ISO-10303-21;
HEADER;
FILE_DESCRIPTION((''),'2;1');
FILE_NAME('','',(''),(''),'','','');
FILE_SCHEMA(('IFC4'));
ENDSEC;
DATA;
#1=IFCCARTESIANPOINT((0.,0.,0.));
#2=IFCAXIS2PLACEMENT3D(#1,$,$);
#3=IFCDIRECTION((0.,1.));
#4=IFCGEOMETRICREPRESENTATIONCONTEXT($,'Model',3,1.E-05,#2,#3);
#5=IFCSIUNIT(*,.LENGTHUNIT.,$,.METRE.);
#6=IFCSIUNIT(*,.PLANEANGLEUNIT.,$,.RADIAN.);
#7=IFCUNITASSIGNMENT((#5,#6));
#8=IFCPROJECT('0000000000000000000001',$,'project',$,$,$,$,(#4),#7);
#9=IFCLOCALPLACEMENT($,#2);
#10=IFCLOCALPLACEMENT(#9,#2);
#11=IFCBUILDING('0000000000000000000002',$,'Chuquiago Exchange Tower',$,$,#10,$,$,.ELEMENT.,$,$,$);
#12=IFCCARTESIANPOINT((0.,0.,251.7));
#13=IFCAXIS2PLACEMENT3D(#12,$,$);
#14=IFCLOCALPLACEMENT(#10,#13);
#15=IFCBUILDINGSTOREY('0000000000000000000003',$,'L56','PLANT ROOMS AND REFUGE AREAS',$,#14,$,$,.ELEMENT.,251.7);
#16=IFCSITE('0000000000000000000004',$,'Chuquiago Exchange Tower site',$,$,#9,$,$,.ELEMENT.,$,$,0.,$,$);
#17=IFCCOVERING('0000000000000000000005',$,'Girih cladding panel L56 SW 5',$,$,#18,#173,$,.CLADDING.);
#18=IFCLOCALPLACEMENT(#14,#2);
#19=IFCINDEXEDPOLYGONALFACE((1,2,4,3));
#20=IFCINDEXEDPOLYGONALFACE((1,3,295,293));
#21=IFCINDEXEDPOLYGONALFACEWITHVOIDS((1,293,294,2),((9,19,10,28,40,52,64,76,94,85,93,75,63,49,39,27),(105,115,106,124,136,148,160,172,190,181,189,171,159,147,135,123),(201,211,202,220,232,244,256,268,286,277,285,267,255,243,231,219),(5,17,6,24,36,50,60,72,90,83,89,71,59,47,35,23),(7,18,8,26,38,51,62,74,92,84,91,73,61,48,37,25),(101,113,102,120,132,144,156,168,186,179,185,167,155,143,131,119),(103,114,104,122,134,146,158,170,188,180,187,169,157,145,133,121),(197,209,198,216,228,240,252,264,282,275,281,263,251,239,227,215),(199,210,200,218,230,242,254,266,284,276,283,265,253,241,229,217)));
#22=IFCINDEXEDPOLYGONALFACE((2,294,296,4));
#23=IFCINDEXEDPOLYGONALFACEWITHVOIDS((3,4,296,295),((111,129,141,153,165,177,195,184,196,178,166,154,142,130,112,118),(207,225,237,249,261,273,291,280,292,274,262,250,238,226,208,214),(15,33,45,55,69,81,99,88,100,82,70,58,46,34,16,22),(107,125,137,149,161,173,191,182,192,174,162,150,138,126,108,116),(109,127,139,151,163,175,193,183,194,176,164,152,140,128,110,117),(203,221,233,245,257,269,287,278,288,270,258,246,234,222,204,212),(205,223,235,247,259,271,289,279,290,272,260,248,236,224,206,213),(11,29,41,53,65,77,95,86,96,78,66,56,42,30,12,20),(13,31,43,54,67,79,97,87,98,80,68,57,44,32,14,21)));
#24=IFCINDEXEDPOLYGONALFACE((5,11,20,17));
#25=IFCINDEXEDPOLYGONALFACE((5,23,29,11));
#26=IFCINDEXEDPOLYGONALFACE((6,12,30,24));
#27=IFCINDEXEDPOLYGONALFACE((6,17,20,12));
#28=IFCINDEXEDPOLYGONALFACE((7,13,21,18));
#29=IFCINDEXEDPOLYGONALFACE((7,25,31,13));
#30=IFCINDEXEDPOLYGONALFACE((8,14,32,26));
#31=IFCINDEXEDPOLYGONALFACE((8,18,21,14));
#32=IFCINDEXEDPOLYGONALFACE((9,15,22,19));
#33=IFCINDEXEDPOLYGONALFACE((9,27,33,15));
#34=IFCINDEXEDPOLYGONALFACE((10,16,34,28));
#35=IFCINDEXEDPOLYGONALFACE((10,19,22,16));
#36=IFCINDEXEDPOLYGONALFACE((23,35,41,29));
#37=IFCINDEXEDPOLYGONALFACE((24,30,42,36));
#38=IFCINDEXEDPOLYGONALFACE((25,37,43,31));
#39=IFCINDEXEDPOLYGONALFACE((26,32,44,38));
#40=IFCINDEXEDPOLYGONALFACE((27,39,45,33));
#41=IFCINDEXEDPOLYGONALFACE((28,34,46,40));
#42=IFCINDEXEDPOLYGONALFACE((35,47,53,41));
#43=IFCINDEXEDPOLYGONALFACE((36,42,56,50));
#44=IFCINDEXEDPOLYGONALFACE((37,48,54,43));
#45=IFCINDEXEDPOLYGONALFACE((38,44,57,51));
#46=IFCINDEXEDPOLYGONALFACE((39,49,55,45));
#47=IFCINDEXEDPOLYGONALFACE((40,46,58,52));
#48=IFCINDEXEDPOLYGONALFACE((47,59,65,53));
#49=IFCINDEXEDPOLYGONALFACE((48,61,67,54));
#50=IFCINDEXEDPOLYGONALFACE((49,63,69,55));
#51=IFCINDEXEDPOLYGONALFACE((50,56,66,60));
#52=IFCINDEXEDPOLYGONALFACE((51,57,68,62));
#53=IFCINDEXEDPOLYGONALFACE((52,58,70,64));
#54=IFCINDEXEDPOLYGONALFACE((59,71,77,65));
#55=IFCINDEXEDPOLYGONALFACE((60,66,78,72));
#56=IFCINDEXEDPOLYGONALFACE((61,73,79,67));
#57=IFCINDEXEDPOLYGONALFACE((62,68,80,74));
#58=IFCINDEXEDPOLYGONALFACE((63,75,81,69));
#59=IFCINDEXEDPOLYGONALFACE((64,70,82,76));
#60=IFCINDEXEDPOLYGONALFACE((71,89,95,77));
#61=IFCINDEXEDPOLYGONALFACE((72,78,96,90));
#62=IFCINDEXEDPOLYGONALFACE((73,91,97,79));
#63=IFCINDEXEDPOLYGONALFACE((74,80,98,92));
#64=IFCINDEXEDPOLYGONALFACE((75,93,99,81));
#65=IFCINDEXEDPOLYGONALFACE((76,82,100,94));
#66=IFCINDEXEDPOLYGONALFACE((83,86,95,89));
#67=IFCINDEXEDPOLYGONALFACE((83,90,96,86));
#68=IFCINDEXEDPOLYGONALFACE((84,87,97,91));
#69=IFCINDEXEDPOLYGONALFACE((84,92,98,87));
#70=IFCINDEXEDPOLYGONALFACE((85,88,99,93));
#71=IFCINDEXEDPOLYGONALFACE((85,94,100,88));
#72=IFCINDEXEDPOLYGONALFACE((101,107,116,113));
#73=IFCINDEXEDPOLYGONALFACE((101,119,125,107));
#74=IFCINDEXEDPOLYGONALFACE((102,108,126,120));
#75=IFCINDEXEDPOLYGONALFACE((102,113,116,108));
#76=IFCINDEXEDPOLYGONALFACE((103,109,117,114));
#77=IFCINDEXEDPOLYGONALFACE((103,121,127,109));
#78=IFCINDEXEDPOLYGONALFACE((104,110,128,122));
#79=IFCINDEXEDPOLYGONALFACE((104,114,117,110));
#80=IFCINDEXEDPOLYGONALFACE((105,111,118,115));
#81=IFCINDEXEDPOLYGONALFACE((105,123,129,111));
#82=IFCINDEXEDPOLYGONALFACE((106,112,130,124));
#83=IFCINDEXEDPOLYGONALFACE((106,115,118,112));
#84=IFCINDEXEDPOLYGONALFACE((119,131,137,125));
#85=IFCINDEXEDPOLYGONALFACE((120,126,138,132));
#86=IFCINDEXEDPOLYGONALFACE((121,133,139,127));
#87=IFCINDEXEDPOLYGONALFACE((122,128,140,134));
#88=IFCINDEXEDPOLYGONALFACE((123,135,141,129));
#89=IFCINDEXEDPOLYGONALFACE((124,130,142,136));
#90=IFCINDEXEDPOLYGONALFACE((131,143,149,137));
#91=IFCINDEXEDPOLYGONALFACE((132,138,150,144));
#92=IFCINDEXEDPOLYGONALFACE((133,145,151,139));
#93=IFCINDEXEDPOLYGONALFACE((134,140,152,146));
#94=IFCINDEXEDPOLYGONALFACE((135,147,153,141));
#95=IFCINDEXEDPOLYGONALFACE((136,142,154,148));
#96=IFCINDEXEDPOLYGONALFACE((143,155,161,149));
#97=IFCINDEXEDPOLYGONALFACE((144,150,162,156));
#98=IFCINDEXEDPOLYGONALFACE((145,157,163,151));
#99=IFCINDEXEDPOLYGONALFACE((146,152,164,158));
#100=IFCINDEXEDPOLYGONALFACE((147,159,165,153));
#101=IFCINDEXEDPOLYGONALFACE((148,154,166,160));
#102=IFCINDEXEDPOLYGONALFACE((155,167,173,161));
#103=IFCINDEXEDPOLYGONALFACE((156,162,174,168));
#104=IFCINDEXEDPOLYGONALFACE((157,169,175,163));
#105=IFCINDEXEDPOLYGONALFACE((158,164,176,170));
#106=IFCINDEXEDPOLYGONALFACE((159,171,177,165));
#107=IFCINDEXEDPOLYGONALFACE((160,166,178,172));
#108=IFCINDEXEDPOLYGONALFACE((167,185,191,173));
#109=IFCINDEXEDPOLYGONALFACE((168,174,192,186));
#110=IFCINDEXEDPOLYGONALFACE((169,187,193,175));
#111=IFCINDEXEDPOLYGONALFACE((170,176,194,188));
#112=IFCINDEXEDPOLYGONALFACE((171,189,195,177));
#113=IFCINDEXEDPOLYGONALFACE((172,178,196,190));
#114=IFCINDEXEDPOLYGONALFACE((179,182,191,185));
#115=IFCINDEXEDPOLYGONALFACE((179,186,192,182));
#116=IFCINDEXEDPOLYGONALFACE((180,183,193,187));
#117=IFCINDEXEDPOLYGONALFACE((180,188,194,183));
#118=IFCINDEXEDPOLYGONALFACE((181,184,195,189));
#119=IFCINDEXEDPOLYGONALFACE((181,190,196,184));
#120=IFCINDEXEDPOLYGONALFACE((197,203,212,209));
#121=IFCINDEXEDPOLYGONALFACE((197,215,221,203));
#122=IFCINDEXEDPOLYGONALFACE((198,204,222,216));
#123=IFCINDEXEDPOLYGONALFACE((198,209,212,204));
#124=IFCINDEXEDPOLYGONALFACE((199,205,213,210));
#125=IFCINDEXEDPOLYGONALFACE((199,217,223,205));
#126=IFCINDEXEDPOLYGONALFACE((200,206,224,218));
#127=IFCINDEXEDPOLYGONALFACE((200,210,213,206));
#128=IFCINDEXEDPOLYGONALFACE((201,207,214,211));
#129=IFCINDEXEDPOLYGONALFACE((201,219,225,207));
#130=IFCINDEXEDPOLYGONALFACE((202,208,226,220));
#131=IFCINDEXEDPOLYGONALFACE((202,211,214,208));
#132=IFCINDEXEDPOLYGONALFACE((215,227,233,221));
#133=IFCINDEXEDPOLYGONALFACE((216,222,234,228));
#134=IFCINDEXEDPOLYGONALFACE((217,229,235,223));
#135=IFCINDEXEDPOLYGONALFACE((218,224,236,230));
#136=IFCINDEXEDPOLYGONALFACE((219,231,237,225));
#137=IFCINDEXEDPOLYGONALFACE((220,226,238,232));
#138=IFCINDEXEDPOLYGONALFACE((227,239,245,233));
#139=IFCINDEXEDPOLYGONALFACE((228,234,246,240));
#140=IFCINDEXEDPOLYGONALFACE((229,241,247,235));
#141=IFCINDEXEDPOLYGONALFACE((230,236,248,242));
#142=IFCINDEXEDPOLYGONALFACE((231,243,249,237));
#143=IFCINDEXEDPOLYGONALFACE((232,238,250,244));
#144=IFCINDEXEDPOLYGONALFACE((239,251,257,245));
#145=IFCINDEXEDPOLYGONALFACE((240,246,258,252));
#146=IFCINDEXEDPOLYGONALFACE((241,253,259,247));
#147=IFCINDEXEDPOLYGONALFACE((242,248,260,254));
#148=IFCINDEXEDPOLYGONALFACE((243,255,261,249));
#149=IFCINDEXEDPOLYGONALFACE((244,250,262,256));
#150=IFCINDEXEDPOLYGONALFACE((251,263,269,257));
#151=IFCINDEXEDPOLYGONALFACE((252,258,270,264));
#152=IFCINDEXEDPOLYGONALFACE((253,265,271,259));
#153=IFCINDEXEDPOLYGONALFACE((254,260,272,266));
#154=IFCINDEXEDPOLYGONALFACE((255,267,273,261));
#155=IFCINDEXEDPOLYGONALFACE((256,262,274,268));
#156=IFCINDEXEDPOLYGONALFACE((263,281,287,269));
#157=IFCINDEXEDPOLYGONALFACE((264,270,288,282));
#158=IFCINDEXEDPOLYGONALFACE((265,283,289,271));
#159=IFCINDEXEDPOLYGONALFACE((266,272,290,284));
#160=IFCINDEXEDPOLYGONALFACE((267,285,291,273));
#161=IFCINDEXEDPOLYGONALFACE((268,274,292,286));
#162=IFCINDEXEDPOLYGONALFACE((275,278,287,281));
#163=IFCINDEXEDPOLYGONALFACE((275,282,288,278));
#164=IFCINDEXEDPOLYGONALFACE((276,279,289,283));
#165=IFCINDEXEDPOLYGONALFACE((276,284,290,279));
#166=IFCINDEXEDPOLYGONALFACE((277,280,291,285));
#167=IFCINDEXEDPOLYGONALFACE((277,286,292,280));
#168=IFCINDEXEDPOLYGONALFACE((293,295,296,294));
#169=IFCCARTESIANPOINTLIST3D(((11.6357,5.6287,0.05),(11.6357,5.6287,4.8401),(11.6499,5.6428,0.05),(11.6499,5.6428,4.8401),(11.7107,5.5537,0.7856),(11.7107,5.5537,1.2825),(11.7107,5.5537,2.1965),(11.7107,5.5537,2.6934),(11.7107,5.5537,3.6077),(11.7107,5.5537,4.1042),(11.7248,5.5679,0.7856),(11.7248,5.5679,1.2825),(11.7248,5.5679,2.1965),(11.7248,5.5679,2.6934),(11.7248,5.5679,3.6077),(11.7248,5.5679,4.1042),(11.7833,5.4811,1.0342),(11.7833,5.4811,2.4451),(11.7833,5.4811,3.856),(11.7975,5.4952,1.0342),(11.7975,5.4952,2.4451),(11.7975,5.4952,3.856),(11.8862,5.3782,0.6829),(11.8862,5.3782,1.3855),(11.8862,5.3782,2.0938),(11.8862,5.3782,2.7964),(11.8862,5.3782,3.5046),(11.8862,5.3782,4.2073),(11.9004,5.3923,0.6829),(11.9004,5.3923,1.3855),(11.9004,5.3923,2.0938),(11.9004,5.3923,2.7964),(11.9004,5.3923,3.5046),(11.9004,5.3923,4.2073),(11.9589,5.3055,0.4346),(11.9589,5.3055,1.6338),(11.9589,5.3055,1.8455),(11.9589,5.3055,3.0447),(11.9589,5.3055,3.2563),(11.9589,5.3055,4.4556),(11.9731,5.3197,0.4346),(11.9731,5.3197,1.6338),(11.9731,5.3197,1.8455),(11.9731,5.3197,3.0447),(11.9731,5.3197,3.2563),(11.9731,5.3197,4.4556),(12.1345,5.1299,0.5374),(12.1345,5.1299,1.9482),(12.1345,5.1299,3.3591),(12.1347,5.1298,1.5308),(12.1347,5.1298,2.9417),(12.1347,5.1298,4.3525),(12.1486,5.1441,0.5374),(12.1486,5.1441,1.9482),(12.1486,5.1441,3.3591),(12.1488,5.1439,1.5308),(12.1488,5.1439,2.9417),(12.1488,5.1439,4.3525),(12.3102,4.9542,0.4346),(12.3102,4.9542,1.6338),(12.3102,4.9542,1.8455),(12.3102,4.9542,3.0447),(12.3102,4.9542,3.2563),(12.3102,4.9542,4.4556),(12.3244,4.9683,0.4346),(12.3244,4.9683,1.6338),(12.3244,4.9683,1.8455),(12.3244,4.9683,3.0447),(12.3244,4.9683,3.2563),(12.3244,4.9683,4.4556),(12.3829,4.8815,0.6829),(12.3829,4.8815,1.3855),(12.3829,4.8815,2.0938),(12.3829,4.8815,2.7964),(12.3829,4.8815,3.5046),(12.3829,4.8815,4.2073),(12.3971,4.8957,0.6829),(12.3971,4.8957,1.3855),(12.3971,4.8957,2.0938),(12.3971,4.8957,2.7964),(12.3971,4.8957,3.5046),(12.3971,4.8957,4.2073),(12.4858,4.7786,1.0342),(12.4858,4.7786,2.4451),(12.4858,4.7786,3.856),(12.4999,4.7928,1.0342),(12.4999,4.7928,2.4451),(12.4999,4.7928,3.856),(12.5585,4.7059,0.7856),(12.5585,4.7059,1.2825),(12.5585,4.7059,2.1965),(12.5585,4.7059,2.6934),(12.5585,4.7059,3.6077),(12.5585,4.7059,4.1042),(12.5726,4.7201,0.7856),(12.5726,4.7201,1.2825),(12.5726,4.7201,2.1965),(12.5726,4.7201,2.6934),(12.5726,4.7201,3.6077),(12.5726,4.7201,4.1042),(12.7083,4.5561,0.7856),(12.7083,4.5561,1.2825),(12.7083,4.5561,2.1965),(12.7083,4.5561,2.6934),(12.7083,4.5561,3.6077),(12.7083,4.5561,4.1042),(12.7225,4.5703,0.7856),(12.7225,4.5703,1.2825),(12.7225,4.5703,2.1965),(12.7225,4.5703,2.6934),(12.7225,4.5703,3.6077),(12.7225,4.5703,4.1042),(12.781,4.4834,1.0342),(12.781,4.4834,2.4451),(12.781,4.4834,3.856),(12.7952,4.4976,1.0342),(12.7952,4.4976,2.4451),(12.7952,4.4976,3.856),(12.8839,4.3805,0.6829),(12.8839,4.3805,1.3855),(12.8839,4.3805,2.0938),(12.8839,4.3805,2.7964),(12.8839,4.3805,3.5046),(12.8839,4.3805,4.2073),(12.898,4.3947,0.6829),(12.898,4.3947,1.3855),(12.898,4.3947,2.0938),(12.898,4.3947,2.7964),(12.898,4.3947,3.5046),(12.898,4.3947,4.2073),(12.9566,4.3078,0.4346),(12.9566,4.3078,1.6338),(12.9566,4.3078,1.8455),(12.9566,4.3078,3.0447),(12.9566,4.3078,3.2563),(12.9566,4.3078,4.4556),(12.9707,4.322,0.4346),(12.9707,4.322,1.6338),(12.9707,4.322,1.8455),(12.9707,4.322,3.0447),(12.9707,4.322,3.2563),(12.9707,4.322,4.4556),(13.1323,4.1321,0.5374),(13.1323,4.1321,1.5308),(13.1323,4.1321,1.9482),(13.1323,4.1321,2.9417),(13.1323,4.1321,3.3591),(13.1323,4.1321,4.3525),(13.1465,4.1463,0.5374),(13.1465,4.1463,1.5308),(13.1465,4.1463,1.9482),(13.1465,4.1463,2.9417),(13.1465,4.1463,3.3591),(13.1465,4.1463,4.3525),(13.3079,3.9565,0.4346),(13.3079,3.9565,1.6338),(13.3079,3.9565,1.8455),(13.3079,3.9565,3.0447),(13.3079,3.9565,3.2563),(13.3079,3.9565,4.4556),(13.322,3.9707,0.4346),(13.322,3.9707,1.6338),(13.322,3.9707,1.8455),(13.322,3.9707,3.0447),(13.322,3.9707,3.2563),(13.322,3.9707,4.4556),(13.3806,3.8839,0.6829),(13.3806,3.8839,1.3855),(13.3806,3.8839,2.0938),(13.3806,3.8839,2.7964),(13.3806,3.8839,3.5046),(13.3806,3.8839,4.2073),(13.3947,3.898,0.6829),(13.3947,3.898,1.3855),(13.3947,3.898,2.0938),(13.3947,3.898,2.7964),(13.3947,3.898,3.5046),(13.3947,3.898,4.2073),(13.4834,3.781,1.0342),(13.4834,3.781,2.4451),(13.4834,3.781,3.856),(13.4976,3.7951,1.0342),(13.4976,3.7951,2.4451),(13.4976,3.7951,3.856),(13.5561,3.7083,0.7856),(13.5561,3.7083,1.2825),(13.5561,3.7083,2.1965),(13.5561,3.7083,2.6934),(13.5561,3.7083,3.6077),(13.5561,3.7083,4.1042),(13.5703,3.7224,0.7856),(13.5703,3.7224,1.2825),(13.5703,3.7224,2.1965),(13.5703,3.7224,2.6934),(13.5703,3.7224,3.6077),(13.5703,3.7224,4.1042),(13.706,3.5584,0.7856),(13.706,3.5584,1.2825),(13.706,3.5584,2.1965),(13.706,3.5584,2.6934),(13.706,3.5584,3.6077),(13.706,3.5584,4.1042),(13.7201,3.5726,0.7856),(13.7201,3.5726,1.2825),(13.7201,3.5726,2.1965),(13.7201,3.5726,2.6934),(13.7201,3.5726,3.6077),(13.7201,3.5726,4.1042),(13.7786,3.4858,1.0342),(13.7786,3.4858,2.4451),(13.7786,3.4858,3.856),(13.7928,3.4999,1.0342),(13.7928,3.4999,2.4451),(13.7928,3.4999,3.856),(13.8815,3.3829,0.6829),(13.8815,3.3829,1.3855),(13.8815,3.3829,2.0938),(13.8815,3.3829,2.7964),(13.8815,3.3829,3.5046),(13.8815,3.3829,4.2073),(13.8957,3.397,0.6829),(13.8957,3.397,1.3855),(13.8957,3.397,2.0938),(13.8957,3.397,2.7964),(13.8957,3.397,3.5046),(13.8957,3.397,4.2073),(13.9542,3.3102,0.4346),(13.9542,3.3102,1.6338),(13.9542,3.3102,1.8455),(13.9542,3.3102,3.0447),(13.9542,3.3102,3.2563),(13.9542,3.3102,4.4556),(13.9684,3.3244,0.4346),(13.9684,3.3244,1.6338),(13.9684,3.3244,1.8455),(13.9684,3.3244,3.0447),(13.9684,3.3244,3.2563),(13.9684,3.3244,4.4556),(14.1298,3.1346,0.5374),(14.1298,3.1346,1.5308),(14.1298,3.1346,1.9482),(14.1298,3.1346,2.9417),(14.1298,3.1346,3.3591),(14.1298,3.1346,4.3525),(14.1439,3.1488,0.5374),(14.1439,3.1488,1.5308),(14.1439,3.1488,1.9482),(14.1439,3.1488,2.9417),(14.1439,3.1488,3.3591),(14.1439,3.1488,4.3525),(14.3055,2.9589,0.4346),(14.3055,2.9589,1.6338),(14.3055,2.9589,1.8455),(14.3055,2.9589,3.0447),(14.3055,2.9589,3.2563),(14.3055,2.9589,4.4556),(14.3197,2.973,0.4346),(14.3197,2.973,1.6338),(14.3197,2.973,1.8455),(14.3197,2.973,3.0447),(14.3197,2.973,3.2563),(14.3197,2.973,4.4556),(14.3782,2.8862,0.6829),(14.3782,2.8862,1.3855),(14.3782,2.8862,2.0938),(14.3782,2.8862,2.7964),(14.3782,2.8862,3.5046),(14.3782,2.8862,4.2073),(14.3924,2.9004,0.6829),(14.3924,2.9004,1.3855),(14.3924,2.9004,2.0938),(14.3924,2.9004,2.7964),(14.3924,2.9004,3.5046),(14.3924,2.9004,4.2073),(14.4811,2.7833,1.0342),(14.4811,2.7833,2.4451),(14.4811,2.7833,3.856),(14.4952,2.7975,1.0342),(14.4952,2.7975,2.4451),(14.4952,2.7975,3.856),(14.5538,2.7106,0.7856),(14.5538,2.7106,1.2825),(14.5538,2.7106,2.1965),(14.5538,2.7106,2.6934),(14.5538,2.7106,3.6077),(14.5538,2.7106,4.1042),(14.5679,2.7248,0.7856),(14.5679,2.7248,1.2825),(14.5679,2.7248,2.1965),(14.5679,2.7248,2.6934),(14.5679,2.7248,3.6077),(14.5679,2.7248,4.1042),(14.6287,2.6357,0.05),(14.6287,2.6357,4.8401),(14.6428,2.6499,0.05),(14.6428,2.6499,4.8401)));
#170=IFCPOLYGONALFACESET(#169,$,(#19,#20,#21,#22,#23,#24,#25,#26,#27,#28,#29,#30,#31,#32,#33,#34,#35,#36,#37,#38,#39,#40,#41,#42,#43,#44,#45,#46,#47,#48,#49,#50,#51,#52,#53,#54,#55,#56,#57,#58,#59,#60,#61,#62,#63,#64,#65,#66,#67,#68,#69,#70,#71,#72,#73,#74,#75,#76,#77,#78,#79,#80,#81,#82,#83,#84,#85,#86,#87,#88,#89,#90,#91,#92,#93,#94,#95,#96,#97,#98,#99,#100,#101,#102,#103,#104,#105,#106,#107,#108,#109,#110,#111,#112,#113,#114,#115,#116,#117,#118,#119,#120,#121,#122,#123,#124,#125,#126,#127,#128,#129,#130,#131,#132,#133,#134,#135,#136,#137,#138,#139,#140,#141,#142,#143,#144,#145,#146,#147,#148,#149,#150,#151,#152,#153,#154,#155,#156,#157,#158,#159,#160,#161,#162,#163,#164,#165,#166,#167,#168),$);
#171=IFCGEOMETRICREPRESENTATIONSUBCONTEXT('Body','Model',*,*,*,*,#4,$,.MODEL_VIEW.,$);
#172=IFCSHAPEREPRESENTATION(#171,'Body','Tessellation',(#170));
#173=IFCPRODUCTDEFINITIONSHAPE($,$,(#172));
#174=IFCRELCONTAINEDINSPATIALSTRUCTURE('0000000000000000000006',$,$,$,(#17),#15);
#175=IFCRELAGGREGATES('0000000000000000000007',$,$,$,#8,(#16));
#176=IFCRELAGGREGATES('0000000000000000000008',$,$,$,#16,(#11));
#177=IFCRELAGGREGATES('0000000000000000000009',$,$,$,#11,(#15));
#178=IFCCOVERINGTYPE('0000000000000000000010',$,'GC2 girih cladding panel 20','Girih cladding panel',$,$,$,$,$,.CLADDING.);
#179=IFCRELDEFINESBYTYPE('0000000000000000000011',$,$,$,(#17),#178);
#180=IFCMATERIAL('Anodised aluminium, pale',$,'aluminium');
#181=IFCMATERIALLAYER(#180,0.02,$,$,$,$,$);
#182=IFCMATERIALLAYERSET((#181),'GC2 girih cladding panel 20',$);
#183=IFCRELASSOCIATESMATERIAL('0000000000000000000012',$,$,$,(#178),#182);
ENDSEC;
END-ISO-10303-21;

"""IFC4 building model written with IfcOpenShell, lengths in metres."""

from ifc_helpers import new_model, si_unit, direction, frame, origin, place, context, subcontext, project, spatial, polyline, outline, extrude, material, layer, layer_set, type_object, element, save


model = new_model("IFC4")

# Units and contexts
model_context = context("Model", 3, precision=1e-05, world=origin(), true_north=direction((0.0, 1.0)))
body_context = subcontext(model_context, "Body", "Model", "MODEL_VIEW")
ifc_project = project(units=[si_unit("LENGTHUNIT", "METRE"), si_unit("PLANEANGLEUNIT", "RADIAN")], contexts=[model_context])

# Site, building, storey
site_placement = place(None, origin())
site = spatial("IfcSite", under=ifc_project, at=site_placement, Name="Chuquiago Exchange Tower site", CompositionType="ELEMENT", RefElevation=0.0)
building_placement = place(site_placement, origin())
building = spatial("IfcBuilding", under=site, at=building_placement, Name="Chuquiago Exchange Tower", CompositionType="ELEMENT")
storey_placement = place(building_placement, frame((0.0, 0.0, 251.7)))
storey = spatial("IfcBuildingStorey", under=building, at=storey_placement, Name="L56", Description="PLANT ROOMS AND REFUGE AREAS", CompositionType="ELEMENT", Elevation=251.7)

# Covering
ifc_material_1 = material(Name="Anodised aluminium, pale", Category="aluminium")
ifc_layer_1 = layer(ifc_material_1, 0.02)
ifc_layer_set_1 = layer_set([ifc_layer_1], Name="GC2 girih cladding panel 20")
covering_type = type_object("IfcCoveringType", Name="GC2 girih cladding panel 20", Description="Girih cladding panel", PredefinedType="CLADDING", material=ifc_layer_set_1)
covering_placement = place(storey_placement, frame((11.6499, 5.6428, 0.05), z_axis=(0.0, 0.0, 1.0), x_axis=(0.707107, -0.707107, 0.0)))
element("IfcCovering", 1, at=covering_placement, inside=storey, type_object=covering_type, Name="Girih cladding panel L56 SW 5", PredefinedType="CLADDING", context=body_context, shape_type="SweptSolid", body=[
    extrude(outline(polyline([(0.0, 0.0), (4.2327, 0.0), (4.2327, 4.79), (0.0, 4.79), (0.0, 0.0)]), holes=[polyline([(1.2021, 0.9841), (1.3049, 1.2324), (1.0566, 1.3354), (0.9539, 1.5837), (0.7056, 1.4807), (0.457, 1.5837), (0.3542, 1.3354), (0.106, 1.2324), (0.2087, 0.9841), (0.106, 0.7356), (0.3542, 0.6328), (0.457, 0.3845), (0.7053, 0.4873), (0.9539, 0.3845), (1.0566, 0.6328), (1.3049, 0.7356), (1.2021, 0.9841)]), polyline([(2.613, 0.9841), (2.7158, 1.2324), (2.4675, 1.3354), (2.3647, 1.5837), (2.1165, 1.4807), (1.8679, 1.5837), (1.7651, 1.3354), (1.5168, 1.2324), (1.6196, 0.9841), (1.5168, 0.7356), (1.7651, 0.6328), (1.8679, 0.3845), (2.1165, 0.4873), (2.3647, 0.3845), (2.4675, 0.6328), (2.7158, 0.7356), (2.613, 0.9841)]), polyline([(4.0239, 0.9841), (4.1267, 1.2324), (3.8784, 1.3354), (3.7756, 1.5837), (3.5271, 1.4807), (3.2788, 1.5837), (3.176, 1.3354), (2.9277, 1.2324), (3.0305, 0.9841), (2.9277, 0.7356), (3.176, 0.6328), (3.2788, 0.3845), (3.5271, 0.4873), (3.7756, 0.3845), (3.8784, 0.6328), (4.1267, 0.7356), (4.0239, 0.9841)]), polyline([(1.2021, 2.395), (1.3049, 2.6433), (1.0566, 2.7463), (0.9539, 2.9946), (0.7056, 2.8916), (0.457, 2.9946), (0.3542, 2.7463), (0.106, 2.6433), (0.2087, 2.395), (0.106, 2.1465), (0.3542, 2.0437), (0.457, 1.7954), (0.7053, 1.8982), (0.9539, 1.7954), (1.0566, 2.0437), (1.3049, 2.1465), (1.2021, 2.395)]), polyline([(2.613, 2.395), (2.7158, 2.6433), (2.4675, 2.7463), (2.3647, 2.9946), (2.1165, 2.8916), (1.8679, 2.9946), (1.7651, 2.7463), (1.5168, 2.6433), (1.6196, 2.395), (1.5168, 2.1465), (1.7651, 2.0437), (1.8679, 1.7954), (2.1165, 1.8982), (2.3647, 1.7954), (2.4675, 2.0437), (2.7158, 2.1465), (2.613, 2.395)]), polyline([(4.0239, 2.395), (4.1267, 2.6433), (3.8784, 2.7463), (3.7756, 2.9946), (3.5271, 2.8916), (3.2788, 2.9946), (3.176, 2.7463), (2.9277, 2.6433), (3.0305, 2.395), (2.9277, 2.1465), (3.176, 2.0437), (3.2788, 1.7954), (3.5271, 1.8982), (3.7756, 1.7954), (3.8784, 2.0437), (4.1267, 2.1465), (4.0239, 2.395)]), polyline([(1.2021, 3.8059), (1.3049, 4.0542), (1.0566, 4.1572), (0.9539, 4.4055), (0.7056, 4.3025), (0.457, 4.4055), (0.3542, 4.1572), (0.106, 4.0542), (0.2087, 3.8059), (0.106, 3.5576), (0.3542, 3.4546), (0.457, 3.2063), (0.7053, 3.3091), (0.9539, 3.2063), (1.0566, 3.4546), (1.3049, 3.5576), (1.2021, 3.8059)]), polyline([(2.613, 3.8059), (2.7158, 4.0542), (2.4675, 4.1572), (2.3647, 4.4055), (2.1165, 4.3025), (1.8679, 4.4055), (1.7651, 4.1572), (1.5168, 4.0542), (1.6196, 3.8059), (1.5168, 3.5576), (1.7651, 3.4546), (1.8679, 3.2063), (2.1165, 3.3091), (2.3647, 3.2063), (2.4675, 3.4546), (2.7158, 3.5576), (2.613, 3.8059)]), polyline([(4.0239, 3.8059), (4.1267, 4.0542), (3.8784, 4.1572), (3.7756, 4.4055), (3.5271, 4.3025), (3.2788, 4.4055), (3.176, 4.1572), (2.9277, 4.0542), (3.0305, 3.8059), (2.9277, 3.5576), (3.176, 3.4546), (3.2788, 3.2063), (3.5271, 3.3091), (3.7756, 3.2063), (3.8784, 3.4546), (4.1267, 3.5576), (4.0239, 3.8059)])]), frame((0.0, 0.0, 0.0), z_axis=(0.0, -1.0, 0.0), x_axis=(1.0, 0.0, 0.0)), (0.0, 0.0, 1.0), 0.02),
])

save(model, "model.ifc")
